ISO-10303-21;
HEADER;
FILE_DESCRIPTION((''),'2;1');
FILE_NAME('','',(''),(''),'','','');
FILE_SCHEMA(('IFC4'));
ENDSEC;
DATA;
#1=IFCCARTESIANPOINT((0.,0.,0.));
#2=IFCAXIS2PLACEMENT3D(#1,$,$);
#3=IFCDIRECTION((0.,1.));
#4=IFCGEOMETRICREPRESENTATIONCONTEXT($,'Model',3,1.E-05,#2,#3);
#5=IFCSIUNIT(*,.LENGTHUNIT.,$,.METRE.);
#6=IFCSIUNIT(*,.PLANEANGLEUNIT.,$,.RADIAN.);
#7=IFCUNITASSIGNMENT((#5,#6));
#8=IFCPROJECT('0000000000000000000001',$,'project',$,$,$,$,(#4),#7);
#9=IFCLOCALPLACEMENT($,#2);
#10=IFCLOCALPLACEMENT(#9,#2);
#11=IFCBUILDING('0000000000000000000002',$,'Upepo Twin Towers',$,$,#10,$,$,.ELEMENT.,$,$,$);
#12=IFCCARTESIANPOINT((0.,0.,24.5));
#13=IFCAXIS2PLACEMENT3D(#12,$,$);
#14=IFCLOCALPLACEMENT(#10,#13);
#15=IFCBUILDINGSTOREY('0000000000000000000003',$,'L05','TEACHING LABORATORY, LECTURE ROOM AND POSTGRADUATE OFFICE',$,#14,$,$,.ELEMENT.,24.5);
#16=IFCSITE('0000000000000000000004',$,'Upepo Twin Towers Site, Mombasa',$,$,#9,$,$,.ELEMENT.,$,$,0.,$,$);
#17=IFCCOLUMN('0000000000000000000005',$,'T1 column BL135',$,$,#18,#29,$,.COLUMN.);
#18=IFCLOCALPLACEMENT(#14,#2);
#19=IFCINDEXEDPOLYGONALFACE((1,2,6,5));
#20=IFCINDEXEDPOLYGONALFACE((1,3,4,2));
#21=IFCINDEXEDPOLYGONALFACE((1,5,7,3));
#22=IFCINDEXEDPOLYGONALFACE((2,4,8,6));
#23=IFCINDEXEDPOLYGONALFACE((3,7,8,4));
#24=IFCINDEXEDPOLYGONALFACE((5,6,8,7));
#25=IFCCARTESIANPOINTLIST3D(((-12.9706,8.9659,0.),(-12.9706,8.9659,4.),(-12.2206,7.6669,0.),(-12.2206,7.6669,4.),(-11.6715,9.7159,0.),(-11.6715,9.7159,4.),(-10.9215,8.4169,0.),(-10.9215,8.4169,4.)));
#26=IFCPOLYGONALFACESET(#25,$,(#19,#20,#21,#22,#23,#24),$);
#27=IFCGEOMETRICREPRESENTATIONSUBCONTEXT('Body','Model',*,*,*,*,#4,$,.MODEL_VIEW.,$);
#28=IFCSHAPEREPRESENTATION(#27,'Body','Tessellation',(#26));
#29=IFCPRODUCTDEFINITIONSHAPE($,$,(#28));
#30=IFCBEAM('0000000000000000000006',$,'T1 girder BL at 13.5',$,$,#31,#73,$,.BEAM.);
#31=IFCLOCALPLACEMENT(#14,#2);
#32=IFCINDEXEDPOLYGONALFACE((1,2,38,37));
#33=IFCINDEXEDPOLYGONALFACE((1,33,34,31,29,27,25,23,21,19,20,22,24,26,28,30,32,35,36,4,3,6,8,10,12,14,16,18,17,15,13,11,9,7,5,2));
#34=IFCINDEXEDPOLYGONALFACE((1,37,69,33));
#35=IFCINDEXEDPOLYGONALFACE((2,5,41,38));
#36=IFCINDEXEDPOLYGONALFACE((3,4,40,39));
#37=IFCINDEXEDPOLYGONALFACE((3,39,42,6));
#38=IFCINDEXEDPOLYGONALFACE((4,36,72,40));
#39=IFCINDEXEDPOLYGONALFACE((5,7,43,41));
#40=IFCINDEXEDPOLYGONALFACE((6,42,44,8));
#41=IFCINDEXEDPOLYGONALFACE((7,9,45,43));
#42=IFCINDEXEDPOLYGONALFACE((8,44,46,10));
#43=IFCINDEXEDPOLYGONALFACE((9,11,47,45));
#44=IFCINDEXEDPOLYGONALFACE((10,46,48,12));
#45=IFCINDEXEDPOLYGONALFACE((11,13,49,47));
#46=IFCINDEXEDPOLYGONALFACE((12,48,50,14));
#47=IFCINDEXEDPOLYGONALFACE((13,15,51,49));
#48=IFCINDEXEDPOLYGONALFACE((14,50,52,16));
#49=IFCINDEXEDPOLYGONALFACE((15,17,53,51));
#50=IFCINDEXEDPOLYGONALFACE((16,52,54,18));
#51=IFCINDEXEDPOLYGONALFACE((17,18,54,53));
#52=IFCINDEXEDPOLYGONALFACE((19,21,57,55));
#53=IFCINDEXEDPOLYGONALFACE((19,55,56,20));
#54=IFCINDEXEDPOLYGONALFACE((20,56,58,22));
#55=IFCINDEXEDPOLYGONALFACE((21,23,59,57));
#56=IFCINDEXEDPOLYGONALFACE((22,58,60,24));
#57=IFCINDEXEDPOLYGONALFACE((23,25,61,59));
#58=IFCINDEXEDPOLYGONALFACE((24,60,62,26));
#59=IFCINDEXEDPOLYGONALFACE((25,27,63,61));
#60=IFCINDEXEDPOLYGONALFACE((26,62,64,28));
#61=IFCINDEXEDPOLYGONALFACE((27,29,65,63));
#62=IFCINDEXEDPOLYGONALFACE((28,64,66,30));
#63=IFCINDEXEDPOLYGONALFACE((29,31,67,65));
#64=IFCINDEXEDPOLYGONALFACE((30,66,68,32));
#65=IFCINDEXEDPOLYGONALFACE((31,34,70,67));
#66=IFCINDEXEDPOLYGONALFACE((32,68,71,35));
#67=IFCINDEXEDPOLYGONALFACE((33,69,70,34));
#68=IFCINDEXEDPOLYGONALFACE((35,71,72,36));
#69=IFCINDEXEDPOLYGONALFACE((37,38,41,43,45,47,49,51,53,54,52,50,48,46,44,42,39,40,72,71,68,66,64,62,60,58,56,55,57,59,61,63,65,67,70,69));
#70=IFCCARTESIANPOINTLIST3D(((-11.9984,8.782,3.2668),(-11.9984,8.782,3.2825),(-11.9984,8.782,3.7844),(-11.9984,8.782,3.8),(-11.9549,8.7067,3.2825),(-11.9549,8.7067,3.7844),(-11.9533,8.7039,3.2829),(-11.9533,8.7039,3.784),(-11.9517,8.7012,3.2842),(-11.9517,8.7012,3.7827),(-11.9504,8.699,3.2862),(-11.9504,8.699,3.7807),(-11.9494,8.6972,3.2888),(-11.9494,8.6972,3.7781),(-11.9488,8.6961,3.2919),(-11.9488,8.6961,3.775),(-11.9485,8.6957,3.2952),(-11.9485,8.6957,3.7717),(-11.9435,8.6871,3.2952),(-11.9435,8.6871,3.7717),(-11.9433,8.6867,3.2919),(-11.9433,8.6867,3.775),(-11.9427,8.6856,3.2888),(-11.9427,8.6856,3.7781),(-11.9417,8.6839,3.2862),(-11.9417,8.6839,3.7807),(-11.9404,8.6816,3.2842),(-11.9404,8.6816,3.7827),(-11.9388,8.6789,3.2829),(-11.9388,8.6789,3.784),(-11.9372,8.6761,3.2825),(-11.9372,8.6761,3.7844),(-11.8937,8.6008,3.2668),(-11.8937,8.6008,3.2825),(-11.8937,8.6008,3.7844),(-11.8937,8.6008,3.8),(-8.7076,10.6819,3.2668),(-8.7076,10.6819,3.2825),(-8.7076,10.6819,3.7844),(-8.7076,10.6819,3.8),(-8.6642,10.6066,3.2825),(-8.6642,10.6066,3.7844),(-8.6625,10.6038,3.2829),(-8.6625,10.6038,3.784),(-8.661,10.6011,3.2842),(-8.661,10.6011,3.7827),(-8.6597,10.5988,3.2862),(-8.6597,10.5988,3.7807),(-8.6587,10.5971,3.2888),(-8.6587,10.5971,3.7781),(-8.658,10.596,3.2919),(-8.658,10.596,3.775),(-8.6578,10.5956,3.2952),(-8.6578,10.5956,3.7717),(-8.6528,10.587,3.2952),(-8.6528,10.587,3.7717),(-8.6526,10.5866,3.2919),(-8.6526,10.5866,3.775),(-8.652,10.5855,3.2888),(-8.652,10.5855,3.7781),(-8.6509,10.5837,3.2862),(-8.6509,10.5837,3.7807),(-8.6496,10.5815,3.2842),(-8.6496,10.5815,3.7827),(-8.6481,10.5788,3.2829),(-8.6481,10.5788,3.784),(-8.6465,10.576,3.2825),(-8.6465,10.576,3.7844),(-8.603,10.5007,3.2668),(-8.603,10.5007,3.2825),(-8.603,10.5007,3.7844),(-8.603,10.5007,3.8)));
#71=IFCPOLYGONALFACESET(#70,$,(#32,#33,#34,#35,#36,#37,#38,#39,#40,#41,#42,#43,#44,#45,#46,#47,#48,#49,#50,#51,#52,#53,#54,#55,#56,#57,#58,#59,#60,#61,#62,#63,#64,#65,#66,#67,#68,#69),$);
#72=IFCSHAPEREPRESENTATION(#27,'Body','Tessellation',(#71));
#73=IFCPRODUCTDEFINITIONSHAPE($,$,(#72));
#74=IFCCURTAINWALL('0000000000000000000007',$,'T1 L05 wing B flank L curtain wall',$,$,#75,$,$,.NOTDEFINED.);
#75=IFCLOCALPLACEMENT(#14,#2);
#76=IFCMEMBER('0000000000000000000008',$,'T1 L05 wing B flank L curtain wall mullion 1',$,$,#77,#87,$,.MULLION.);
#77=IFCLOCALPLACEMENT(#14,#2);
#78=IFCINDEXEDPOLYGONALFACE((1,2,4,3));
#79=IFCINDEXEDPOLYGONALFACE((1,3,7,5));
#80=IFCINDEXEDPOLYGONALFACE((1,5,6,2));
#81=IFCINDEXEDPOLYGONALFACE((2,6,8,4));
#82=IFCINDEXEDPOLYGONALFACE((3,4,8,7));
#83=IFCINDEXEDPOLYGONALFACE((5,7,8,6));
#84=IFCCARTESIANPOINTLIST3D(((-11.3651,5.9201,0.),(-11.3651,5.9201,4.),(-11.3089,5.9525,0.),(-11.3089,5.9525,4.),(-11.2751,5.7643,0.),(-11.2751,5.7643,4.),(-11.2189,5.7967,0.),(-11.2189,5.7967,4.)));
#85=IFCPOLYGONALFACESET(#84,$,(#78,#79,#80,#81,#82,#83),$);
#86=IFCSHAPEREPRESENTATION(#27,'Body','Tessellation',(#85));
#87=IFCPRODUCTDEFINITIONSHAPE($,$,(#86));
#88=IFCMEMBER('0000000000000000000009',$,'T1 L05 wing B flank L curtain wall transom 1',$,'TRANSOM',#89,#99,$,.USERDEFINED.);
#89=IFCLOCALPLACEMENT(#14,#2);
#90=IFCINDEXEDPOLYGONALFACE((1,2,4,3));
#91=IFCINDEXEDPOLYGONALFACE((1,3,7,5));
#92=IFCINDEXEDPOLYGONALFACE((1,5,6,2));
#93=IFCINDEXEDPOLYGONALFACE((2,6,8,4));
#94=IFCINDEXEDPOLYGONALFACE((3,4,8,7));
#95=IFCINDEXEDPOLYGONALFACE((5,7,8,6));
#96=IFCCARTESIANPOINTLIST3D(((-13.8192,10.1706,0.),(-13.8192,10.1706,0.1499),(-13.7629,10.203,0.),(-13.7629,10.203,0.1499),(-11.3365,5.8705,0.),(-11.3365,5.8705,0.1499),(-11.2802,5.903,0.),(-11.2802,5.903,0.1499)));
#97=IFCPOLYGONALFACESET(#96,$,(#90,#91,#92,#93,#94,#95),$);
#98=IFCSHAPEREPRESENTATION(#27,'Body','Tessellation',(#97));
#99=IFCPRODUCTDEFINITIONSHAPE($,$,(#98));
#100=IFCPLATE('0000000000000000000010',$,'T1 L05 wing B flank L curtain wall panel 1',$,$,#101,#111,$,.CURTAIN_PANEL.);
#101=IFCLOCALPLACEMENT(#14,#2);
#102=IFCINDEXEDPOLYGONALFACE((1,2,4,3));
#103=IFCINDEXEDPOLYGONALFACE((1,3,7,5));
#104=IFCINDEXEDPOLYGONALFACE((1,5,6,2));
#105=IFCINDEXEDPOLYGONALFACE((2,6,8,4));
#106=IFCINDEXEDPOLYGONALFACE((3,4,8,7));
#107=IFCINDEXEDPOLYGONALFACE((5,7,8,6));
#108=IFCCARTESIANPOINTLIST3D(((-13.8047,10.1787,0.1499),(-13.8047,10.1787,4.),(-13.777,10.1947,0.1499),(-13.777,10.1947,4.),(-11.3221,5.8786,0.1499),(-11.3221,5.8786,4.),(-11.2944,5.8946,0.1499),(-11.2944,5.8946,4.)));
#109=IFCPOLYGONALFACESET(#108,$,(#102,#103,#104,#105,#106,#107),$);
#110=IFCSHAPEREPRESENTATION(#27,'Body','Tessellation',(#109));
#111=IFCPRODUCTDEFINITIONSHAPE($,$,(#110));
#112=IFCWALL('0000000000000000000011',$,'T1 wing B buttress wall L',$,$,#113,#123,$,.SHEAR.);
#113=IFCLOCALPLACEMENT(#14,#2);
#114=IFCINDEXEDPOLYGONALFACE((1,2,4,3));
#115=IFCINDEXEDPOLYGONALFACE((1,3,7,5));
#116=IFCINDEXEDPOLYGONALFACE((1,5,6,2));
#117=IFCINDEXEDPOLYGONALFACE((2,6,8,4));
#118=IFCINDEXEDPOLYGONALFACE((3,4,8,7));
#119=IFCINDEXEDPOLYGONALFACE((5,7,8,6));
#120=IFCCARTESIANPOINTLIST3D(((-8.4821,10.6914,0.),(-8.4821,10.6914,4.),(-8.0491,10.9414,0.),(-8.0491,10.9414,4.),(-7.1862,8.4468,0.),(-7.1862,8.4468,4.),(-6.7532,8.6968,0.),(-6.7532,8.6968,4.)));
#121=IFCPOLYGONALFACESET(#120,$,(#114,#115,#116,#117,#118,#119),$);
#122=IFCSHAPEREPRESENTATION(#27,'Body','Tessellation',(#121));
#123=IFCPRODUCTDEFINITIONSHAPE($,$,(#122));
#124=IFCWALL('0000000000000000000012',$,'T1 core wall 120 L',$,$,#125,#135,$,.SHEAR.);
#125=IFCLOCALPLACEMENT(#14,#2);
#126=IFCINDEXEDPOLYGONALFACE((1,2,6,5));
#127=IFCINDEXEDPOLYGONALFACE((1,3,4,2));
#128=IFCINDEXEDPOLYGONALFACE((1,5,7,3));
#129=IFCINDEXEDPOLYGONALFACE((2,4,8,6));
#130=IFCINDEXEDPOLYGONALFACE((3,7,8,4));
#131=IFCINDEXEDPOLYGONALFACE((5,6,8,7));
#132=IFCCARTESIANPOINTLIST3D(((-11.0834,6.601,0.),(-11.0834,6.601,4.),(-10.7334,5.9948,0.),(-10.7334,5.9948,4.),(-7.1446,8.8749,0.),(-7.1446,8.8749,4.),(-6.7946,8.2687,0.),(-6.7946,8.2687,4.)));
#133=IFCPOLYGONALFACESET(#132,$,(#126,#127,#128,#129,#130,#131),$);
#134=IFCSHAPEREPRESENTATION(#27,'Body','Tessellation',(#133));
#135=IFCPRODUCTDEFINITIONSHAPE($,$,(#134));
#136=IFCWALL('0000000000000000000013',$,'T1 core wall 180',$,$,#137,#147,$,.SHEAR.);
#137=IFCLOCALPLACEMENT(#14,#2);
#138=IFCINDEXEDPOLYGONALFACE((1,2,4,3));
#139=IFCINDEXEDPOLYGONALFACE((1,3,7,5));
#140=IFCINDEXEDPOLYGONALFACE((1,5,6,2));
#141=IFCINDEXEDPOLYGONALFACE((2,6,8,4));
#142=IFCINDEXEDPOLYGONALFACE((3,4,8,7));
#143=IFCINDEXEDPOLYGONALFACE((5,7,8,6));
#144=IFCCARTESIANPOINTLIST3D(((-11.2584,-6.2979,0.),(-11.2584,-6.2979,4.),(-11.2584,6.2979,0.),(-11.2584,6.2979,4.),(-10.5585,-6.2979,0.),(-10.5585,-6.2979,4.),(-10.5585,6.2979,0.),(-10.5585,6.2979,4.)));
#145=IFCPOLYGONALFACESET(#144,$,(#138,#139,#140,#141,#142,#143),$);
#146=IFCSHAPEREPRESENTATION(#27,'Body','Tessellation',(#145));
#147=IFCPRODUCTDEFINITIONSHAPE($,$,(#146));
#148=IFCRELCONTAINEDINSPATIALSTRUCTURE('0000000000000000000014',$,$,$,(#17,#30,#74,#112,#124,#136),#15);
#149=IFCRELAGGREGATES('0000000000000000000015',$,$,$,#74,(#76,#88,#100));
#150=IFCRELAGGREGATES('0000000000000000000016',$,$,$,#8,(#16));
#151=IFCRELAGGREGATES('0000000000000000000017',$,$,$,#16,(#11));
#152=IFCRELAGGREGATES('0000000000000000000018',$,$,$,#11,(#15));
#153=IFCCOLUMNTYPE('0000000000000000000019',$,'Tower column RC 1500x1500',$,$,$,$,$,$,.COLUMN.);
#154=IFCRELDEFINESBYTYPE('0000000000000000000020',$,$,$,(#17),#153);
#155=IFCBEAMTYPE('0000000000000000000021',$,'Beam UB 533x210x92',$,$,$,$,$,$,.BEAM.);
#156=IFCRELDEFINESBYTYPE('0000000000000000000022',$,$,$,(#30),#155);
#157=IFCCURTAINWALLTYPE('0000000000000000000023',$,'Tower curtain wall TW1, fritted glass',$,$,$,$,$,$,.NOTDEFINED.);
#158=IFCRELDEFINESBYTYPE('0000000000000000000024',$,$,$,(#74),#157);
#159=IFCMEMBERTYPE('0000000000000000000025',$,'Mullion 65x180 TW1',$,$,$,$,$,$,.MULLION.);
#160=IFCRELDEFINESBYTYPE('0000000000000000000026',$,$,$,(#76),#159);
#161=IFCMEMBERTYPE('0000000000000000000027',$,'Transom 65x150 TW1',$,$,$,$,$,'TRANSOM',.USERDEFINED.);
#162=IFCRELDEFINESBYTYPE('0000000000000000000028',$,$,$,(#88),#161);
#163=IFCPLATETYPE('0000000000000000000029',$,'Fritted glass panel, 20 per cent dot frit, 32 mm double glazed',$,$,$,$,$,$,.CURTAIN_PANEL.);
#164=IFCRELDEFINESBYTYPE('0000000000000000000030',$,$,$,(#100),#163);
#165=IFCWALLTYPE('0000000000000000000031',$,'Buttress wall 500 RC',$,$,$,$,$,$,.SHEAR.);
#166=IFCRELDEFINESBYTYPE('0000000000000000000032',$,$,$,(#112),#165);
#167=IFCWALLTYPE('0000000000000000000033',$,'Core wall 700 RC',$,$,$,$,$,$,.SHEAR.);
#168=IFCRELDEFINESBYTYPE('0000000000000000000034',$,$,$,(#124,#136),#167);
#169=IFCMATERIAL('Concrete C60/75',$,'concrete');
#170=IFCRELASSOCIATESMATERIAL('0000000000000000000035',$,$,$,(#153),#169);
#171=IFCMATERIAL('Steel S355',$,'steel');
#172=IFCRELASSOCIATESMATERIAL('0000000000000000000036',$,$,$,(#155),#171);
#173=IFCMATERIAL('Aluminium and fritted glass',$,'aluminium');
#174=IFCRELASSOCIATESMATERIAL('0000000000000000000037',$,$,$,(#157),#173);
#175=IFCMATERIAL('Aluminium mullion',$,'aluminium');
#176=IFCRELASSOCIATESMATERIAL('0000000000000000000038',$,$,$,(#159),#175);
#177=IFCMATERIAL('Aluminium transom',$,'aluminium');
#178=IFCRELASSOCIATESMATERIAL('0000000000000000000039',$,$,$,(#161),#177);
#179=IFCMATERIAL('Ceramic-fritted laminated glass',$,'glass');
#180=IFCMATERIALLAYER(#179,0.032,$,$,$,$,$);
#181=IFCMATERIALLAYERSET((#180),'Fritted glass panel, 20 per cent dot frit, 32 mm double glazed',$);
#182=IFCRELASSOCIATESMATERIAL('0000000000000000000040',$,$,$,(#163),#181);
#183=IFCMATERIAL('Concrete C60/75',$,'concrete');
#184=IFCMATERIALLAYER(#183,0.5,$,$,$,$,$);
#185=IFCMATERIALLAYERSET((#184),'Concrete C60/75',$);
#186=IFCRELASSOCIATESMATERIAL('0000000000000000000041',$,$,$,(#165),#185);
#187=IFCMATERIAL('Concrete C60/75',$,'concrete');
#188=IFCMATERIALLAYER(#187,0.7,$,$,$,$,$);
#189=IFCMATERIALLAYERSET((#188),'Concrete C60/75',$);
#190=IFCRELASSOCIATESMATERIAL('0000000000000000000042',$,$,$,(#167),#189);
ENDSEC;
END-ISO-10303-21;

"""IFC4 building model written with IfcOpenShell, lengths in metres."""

from ifc_helpers import new_model, si_unit, direction, frame, frame_2d, origin, origin_2d, place, context, subcontext, project, spatial, rectangle, i_section, extrude, material, layer, layer_set, material_profile, profile_set, type_object, element, aggregate, save


model = new_model("IFC4")

# Units and contexts
model_context = context("Model", 3, precision=1e-05, world=origin(), true_north=direction((0.0, 1.0)))
body_context = subcontext(model_context, "Body", "Model", "MODEL_VIEW")
ifc_project = project(units=[si_unit("LENGTHUNIT", "METRE"), si_unit("PLANEANGLEUNIT", "RADIAN")], contexts=[model_context])

# Site, building, storey
site_placement = place(None, origin())
site = spatial("IfcSite", under=ifc_project, at=site_placement, Name="Upepo Twin Towers Site, Mombasa", CompositionType="ELEMENT", RefElevation=0.0)
building_placement = place(site_placement, origin())
building = spatial("IfcBuilding", under=site, at=building_placement, Name="Upepo Twin Towers", CompositionType="ELEMENT")
storey_placement = place(building_placement, frame((0.0, 0.0, 24.5)))
storey = spatial("IfcBuildingStorey", under=building, at=storey_placement, Name="L05", Description="TEACHING LABORATORY, LECTURE ROOM AND POSTGRADUATE OFFICE", CompositionType="ELEMENT", Elevation=24.5)

# Column
ifc_material_1 = material(Name="Concrete C60/75", Category="concrete")
ifc_material_profile_1 = material_profile(ifc_material_1, rectangle(XDim=1.5, YDim=1.5, at=origin_2d()), Name="RC 1500x1500")
ifc_profile_set_1 = profile_set([ifc_material_profile_1], Name="Concrete C60/75")
column_type = type_object("IfcColumnType", Name="Tower column RC 1500x1500", PredefinedType="COLUMN", material=ifc_profile_set_1)
column_placement = place(storey_placement, frame((-11.946, 8.6914, 0.0), z_axis=(0.0, 0.0, 1.0), x_axis=(0.866025, 0.5, 0.0)))
element("IfcColumn", 1, at=column_placement, inside=storey, type_object=column_type, Name="T1 column BL135", PredefinedType="COLUMN", context=body_context, shape_type="SweptSolid", body=[
    extrude(rectangle(XDim=1.5, YDim=1.5, at=origin_2d()), origin(), (0.0, 0.0, 1.0), 4.0),
])

# Beam
ifc_material_2 = material(Name="Steel S355", Category="steel")
ifc_material_profile_2 = material_profile(ifc_material_2, i_section(OverallWidth=0.2092, OverallDepth=0.5332, WebThickness=0.01, FlangeThickness=0.0156, FilletRadius=0.0127, at=origin_2d()), Name="UB 533x210x92")
ifc_profile_set_2 = profile_set([ifc_material_profile_2], Name="Steel S355")
beam_type = type_object("IfcBeamType", Name="Beam UB 533x210x92", PredefinedType="BEAM", material=ifc_profile_set_2)
beam_placement = place(storey_placement, frame((-11.946, 8.6914, 3.5334), z_axis=(0.866028, 0.499995, 0.0), x_axis=(-0.499995, 0.866028, 0.0)))
element("IfcBeam", 2, at=beam_placement, inside=storey, type_object=beam_type, Name="T1 girder BL at 13.5", PredefinedType="BEAM", context=body_context, shape_type="SweptSolid", body=[
    extrude(i_section(OverallWidth=0.2092, OverallDepth=0.5332, WebThickness=0.01, FlangeThickness=0.0156, FilletRadius=0.0127, at=origin_2d()), origin(), (0.0, 0.0, 1.0), 3.7998),
])

# Curtain wall, members, plate
ifc_material_3 = material(Name="Aluminium and fritted glass", Category="aluminium")
curtain_wall_type = type_object("IfcCurtainWallType", Name="Tower curtain wall TW1, fritted glass", PredefinedType="NOTDEFINED", material=ifc_material_3)
curtain_wall_placement = place(storey_placement, origin())
curtain_wall = element("IfcCurtainWall", 3, at=curtain_wall_placement, inside=storey, type_object=curtain_wall_type, Name="T1 L05 wing B flank L curtain wall", PredefinedType="NOTDEFINED")
ifc_material_4 = material(Name="Aluminium mullion", Category="aluminium")
ifc_material_profile_3 = material_profile(ifc_material_4, rectangle(XDim=0.0649, YDim=0.1799, at=origin_2d()), Name="MULLION 65x180")
ifc_profile_set_3 = profile_set([ifc_material_profile_3], Name="Aluminium mullion")
member_type_1 = type_object("IfcMemberType", Name="Mullion 65x180 TW1", PredefinedType="MULLION", material=ifc_profile_set_3)
member_1_placement = place(storey_placement, frame((-11.292, 5.8584, 0.0), z_axis=(0.0, 0.0, 1.0), x_axis=(-0.866025, -0.5, 0.0)))
member_1 = element("IfcMember", 4, at=member_1_placement, type_object=member_type_1, Name="T1 L05 wing B flank L curtain wall mullion 1", PredefinedType="MULLION", context=body_context, shape_type="SweptSolid", body=[
    extrude(rectangle(XDim=0.0649, YDim=0.1799, at=origin_2d()), origin(), (0.0, 0.0, 1.0), 4.0),
])
ifc_material_5 = material(Name="Aluminium transom", Category="aluminium")
ifc_material_profile_4 = material_profile(ifc_material_5, rectangle(XDim=0.0649, YDim=0.1499, at=origin_2d()), Name="TRANSOM 65x150")
ifc_profile_set_4 = profile_set([ifc_material_profile_4], Name="Aluminium transom")
member_type_2 = type_object("IfcMemberType", Name="Transom 65x150 TW1", ElementType="TRANSOM", PredefinedType="USERDEFINED", material=ifc_profile_set_4)
member_2_placement = place(storey_placement, frame((-11.3083, 5.8867, 0.075), z_axis=(-0.500005, 0.866023, 0.0), x_axis=(-0.866023, -0.500005, 0.0)))
member_2 = element("IfcMember", 5, at=member_2_placement, type_object=member_type_2, Name="T1 L05 wing B flank L curtain wall transom 1", ObjectType="TRANSOM", PredefinedType="USERDEFINED", context=body_context, shape_type="SweptSolid", body=[
    extrude(rectangle(XDim=0.0649, YDim=0.1499, at=origin_2d()), origin(), (0.0, 0.0, 1.0), 4.9653),
])
ifc_material_6 = material(Name="Ceramic-fritted laminated glass", Category="glass")
ifc_layer_1 = layer(ifc_material_6, 0.032)
ifc_layer_set_1 = layer_set([ifc_layer_1], Name="Fritted glass panel, 20 per cent dot frit, 32 mm double glazed")
plate_type = type_object("IfcPlateType", Name="Fritted glass panel, 20 per cent dot frit, 32 mm double glazed", PredefinedType="CURTAIN_PANEL", material=ifc_layer_set_1)
plate_placement = place(storey_placement, frame((-12.5496, 8.0366, 0.1499), z_axis=(0.0, 0.0, 1.0), x_axis=(-0.5, 0.866025, 0.0)))
plate = element("IfcPlate", 6, at=plate_placement, type_object=plate_type, Name="T1 L05 wing B flank L curtain wall panel 1", PredefinedType="CURTAIN_PANEL", context=body_context, shape_type="SweptSolid", body=[
    extrude(rectangle(XDim=4.9653, YDim=0.032, at=origin_2d()), origin(), (0.0, 0.0, 1.0), 3.8501),
])
aggregate(curtain_wall, [member_1, member_2, plate])

# Walls
ifc_material_7 = material(Name="Concrete C60/75", Category="concrete")
ifc_layer_2 = layer(ifc_material_7, 0.5)
ifc_layer_set_2 = layer_set([ifc_layer_2], Name="Concrete C60/75")
wall_type_1 = type_object("IfcWallType", Name="Buttress wall 500 RC", PredefinedType="SHEAR", material=ifc_layer_set_2)
wall_1_placement = place(storey_placement, frame((-6.9697, 8.5718, 0.0), z_axis=(0.0, 0.0, 1.0), x_axis=(-0.499989, 0.866032, 0.0)))
element("IfcWall", 7, at=wall_1_placement, inside=storey, type_object=wall_type_1, Name="T1 wing B buttress wall L", PredefinedType="SHEAR", context=body_context, shape_type="SweptSolid", body=[
    extrude(rectangle(XDim=2.5918, YDim=0.5, at=frame_2d((1.2959, 0.0))), origin(), (0.0, 0.0, 1.0), 4.0),
])
ifc_material_8 = material(Name="Concrete C60/75", Category="concrete")
ifc_layer_3 = layer(ifc_material_8, 0.7)
ifc_layer_set_3 = layer_set([ifc_layer_3], Name="Concrete C60/75")
wall_type_2 = type_object("IfcWallType", Name="Core wall 700 RC", PredefinedType="SHEAR", material=ifc_layer_set_3)
wall_2_placement = place(storey_placement, frame((-6.9697, 8.5718, 0.0), z_axis=(0.0, 0.0, 1.0), x_axis=(-0.866035, -0.499984, 0.0)))
element("IfcWall", 8, at=wall_2_placement, inside=storey, type_object=wall_type_2, Name="T1 core wall 120 L", PredefinedType="SHEAR", context=body_context, shape_type="SweptSolid", body=[
    extrude(rectangle(XDim=4.5481, YDim=0.7, at=frame_2d((2.2739, 0.0))), origin(), (0.0, 0.0, 1.0), 4.0),
])
wall_3_placement = place(storey_placement, frame((-10.9084, 6.2979, 0.0), z_axis=(0.0, 0.0, 1.0), x_axis=(0.0, -1.0, 0.0)))
element("IfcWall", 9, at=wall_3_placement, inside=storey, type_object=wall_type_2, Name="T1 core wall 180", PredefinedType="SHEAR", context=body_context, shape_type="SweptSolid", body=[
    extrude(rectangle(XDim=12.5957, YDim=0.7, at=frame_2d((6.2979, 0.0))), origin(), (0.0, 0.0, 1.0), 4.0),
])

save(model, "model.ifc")
